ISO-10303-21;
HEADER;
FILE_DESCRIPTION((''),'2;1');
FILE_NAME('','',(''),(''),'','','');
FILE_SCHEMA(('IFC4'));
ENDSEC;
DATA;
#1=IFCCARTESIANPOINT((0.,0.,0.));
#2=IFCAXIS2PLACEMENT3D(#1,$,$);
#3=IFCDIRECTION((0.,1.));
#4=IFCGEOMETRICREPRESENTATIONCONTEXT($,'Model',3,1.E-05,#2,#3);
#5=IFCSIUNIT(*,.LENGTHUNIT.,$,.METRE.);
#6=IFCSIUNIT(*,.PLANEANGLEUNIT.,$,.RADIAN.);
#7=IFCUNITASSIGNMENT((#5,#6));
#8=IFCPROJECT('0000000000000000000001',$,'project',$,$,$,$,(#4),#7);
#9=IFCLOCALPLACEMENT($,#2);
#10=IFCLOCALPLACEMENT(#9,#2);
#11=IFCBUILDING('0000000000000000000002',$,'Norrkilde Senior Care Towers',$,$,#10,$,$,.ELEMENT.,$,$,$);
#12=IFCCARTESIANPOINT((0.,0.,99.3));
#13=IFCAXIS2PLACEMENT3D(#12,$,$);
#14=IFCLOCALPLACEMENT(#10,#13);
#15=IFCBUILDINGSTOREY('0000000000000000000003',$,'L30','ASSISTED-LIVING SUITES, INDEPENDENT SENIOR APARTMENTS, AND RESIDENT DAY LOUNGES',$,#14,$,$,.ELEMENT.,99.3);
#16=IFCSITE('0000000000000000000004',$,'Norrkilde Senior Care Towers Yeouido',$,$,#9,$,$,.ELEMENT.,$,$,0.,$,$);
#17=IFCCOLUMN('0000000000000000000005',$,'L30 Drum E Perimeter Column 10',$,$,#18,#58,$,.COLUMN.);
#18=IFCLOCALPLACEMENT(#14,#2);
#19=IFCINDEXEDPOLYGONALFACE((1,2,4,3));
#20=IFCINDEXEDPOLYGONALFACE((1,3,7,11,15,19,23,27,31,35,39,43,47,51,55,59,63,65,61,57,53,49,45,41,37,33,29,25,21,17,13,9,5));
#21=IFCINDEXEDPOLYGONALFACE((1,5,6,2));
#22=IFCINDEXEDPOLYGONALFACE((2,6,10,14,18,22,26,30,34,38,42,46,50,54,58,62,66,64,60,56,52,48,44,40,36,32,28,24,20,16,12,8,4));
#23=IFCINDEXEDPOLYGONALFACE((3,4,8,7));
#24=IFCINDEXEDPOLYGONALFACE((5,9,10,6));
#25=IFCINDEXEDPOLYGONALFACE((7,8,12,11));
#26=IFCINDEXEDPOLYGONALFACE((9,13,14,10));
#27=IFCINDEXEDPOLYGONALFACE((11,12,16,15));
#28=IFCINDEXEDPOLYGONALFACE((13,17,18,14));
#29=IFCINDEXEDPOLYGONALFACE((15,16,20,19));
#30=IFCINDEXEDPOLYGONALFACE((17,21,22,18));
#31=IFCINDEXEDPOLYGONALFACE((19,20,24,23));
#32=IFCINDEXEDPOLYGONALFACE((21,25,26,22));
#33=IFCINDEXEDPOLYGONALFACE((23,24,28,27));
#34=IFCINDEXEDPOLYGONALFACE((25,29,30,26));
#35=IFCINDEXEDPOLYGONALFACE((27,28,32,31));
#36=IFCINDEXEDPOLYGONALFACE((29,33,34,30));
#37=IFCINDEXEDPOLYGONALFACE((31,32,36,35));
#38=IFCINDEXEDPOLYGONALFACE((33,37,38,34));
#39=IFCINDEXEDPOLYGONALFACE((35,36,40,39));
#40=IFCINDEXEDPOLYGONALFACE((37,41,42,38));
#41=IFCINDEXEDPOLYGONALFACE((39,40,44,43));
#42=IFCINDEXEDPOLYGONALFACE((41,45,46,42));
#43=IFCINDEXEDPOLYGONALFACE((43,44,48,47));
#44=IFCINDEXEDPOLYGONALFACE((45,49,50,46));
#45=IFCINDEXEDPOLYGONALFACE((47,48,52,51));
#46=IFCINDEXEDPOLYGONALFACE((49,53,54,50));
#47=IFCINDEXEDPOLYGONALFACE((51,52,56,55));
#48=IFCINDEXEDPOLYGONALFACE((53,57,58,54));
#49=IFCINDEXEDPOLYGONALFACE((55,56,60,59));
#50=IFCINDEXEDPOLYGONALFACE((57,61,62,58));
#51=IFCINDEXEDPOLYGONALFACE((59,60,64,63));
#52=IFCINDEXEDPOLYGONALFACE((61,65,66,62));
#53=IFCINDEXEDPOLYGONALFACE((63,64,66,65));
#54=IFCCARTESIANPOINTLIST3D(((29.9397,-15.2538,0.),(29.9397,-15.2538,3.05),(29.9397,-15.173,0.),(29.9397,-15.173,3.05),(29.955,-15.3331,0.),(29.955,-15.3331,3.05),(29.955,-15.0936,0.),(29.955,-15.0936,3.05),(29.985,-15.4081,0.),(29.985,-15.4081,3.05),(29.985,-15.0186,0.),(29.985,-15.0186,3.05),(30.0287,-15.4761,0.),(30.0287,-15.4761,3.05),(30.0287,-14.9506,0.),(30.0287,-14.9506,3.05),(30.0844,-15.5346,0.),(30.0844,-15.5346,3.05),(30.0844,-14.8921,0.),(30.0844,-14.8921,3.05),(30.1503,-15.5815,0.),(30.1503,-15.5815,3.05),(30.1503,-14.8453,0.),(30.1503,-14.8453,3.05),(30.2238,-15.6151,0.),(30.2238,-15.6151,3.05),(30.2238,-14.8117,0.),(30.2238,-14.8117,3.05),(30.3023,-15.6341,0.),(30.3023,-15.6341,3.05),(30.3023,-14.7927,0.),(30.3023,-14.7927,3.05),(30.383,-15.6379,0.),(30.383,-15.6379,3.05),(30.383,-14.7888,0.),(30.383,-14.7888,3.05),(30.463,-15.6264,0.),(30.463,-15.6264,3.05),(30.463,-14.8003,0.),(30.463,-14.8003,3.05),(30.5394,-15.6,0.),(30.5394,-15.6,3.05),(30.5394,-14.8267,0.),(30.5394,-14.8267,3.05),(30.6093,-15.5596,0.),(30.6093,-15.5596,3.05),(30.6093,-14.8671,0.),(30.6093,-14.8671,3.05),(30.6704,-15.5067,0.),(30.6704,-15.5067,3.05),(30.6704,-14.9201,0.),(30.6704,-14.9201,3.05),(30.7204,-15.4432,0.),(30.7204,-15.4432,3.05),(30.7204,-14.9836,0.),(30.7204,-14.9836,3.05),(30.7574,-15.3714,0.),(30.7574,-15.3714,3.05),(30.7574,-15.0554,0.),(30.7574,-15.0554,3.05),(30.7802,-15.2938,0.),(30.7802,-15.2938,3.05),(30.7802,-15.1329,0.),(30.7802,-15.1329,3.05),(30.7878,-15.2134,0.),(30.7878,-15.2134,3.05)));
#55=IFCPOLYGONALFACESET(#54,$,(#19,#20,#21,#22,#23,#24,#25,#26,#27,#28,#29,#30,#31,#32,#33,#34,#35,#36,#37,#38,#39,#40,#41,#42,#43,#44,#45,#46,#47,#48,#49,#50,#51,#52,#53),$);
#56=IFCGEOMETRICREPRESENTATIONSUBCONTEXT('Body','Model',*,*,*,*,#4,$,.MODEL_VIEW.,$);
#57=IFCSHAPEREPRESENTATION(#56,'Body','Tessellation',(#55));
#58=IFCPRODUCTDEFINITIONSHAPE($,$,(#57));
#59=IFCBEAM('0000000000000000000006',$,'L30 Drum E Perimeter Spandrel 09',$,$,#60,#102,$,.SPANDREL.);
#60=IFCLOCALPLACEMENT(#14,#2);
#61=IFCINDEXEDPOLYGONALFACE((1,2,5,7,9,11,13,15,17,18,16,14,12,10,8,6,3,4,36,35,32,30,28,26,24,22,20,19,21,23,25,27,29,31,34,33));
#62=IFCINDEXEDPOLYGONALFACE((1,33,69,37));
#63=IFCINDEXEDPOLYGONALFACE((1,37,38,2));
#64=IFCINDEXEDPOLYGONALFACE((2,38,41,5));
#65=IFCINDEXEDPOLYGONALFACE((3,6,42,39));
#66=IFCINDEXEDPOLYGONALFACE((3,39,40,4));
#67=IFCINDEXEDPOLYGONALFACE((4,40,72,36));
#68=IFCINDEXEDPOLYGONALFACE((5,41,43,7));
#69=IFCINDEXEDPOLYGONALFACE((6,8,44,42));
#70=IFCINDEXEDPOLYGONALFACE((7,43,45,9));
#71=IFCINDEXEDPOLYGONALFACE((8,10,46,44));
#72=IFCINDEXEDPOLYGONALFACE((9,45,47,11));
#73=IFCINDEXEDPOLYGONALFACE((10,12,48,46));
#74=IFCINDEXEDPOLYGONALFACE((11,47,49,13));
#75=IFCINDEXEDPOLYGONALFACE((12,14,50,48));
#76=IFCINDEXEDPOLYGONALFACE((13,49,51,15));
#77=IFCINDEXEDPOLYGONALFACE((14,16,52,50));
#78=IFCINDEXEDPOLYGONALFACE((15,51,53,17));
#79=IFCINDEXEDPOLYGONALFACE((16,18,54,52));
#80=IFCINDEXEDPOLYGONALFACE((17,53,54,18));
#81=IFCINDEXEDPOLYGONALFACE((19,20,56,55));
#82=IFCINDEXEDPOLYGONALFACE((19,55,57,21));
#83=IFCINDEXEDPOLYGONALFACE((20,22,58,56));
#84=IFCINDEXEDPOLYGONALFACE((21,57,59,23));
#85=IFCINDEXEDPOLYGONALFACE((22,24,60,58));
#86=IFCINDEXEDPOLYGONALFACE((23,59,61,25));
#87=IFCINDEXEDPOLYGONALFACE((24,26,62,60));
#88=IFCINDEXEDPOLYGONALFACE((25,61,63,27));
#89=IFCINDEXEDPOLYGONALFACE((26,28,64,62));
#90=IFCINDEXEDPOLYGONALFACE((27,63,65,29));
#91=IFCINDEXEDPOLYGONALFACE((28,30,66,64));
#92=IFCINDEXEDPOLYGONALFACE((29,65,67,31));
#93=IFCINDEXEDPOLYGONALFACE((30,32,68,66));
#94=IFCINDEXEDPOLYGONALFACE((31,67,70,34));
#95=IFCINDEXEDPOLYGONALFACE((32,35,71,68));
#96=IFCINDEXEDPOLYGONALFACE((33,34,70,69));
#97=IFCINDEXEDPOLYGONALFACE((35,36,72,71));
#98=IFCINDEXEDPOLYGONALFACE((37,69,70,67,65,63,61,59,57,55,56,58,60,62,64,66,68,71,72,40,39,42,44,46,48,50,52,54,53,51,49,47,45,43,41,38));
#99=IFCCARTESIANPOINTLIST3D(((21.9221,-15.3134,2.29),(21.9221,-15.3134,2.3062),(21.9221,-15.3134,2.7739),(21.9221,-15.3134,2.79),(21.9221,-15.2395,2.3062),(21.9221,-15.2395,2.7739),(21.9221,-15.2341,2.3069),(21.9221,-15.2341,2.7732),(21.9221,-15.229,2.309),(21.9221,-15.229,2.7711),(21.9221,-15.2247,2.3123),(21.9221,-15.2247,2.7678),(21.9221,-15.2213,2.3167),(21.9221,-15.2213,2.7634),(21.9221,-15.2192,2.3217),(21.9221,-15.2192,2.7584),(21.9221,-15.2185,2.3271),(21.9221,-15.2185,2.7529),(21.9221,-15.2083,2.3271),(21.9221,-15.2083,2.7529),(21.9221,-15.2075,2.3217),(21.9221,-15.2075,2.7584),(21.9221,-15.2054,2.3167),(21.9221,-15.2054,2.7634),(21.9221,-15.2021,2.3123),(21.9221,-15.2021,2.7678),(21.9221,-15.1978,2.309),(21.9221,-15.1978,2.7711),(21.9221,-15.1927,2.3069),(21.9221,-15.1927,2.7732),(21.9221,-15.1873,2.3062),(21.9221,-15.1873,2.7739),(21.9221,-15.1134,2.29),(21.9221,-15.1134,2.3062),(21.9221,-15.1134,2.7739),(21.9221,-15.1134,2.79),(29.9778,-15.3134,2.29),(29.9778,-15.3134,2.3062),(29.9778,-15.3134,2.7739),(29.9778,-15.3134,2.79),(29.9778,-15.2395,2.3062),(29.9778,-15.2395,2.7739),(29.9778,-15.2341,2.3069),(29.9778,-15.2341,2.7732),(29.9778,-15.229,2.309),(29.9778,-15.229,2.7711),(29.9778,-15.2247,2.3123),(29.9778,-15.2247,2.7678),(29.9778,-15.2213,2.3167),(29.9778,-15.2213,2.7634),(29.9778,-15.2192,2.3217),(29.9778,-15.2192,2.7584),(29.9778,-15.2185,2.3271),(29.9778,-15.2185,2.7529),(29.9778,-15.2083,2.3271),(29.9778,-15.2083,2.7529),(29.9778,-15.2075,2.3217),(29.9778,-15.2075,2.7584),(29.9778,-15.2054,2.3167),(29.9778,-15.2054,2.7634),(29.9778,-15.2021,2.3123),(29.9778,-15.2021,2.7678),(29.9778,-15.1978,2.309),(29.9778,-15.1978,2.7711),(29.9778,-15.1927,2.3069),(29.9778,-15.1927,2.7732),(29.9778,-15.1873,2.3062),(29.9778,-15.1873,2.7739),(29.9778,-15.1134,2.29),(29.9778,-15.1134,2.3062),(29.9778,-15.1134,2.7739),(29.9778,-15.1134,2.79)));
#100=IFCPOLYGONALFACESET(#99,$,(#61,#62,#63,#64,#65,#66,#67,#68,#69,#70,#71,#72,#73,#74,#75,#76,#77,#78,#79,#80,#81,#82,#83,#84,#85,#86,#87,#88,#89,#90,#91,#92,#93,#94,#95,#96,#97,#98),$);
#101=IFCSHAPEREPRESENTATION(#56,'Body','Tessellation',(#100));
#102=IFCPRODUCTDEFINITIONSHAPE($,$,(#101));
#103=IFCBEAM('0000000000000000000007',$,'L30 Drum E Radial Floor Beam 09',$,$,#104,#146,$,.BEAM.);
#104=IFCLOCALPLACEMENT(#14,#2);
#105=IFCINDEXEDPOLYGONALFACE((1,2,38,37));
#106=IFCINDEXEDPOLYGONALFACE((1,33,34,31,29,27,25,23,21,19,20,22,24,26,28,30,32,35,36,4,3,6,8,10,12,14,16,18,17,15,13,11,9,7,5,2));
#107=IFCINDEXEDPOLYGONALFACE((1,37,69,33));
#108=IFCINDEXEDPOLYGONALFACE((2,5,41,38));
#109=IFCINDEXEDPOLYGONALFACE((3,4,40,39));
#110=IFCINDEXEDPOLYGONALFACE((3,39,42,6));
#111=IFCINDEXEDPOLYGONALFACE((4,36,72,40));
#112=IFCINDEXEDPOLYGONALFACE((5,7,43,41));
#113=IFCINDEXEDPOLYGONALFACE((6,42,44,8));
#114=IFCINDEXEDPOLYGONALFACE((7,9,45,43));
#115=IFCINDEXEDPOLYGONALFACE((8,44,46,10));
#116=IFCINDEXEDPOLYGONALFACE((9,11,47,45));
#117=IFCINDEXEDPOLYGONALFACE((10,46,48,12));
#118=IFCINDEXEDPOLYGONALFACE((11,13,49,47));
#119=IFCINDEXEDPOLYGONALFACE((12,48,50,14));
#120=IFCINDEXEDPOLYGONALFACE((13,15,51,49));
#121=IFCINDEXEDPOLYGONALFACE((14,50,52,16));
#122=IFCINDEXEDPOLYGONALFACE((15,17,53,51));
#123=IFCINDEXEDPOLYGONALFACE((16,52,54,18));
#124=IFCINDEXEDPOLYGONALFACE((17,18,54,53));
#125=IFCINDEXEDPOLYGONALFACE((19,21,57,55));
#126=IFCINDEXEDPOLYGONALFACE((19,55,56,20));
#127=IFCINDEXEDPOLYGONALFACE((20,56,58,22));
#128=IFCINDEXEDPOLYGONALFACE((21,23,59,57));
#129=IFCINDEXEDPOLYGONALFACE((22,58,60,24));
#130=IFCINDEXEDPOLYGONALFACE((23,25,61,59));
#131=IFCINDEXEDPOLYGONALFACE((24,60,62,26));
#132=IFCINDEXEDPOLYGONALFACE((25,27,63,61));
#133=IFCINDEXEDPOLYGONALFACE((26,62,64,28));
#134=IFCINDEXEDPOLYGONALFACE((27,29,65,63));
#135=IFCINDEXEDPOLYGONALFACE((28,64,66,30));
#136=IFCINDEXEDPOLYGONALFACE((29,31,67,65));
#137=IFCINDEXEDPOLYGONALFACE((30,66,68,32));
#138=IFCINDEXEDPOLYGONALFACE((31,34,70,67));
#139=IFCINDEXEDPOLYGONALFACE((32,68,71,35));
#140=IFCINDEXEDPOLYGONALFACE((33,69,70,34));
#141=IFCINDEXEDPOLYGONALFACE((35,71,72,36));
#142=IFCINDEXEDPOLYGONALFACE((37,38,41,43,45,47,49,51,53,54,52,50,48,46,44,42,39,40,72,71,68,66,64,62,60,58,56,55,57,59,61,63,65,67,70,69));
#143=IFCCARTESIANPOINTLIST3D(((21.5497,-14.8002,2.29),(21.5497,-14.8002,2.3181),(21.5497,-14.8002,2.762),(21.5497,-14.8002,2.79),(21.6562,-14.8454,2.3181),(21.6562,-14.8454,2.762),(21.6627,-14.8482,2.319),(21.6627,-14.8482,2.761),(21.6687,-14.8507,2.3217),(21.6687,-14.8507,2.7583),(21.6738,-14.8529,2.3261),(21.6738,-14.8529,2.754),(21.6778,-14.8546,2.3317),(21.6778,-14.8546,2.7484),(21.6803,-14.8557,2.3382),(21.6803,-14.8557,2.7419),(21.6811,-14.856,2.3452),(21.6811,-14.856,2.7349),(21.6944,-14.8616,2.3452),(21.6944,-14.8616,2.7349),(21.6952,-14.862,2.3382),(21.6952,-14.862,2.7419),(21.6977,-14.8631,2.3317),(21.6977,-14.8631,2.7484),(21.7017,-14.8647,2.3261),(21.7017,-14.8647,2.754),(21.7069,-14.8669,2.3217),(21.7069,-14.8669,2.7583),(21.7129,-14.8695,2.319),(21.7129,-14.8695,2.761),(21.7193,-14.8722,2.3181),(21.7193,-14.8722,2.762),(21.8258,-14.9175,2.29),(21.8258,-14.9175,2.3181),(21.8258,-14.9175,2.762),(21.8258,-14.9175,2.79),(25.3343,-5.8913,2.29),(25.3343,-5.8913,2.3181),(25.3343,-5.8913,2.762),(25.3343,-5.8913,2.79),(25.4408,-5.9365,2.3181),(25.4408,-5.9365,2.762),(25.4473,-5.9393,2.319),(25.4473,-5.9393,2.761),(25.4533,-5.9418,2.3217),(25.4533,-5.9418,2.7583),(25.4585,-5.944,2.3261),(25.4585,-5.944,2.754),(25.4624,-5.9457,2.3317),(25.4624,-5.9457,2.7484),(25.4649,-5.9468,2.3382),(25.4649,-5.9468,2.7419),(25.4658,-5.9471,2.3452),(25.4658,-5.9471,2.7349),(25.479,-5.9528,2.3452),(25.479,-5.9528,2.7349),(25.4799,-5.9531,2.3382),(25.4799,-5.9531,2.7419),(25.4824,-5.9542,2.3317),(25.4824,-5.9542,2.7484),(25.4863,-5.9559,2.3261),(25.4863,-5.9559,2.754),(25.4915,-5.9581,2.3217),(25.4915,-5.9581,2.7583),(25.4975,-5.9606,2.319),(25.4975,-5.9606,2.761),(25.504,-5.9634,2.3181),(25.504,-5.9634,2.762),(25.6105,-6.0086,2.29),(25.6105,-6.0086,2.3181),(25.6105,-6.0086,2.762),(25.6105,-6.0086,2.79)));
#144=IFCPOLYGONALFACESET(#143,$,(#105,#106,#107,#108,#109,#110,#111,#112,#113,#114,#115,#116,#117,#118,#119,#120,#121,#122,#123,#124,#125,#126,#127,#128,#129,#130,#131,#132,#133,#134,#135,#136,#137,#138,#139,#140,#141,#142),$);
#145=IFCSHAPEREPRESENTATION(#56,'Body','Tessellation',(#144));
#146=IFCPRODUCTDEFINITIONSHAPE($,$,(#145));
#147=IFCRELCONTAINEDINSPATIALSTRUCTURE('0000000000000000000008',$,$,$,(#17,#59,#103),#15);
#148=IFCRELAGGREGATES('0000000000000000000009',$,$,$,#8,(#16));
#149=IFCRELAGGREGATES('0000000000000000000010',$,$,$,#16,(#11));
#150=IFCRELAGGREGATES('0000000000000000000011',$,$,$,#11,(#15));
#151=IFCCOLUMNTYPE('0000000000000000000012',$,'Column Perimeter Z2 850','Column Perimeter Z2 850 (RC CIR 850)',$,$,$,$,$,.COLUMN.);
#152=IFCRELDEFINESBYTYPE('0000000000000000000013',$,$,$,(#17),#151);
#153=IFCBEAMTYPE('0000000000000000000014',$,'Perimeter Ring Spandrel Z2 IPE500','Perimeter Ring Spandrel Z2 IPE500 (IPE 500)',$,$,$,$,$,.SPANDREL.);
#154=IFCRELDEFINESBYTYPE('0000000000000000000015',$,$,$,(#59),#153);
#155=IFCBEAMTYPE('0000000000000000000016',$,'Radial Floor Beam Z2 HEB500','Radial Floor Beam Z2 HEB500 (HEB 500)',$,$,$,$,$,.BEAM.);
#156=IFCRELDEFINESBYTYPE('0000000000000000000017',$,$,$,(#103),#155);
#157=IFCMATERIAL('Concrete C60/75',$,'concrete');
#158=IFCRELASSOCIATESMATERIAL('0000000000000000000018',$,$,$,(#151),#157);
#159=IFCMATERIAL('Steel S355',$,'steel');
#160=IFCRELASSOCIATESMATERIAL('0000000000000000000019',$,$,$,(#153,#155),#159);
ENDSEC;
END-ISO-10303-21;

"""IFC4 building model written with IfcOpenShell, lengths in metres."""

from ifc_helpers import new_model, si_unit, direction, frame, origin, origin_2d, place, context, subcontext, project, spatial, circle, i_section, extrude, source, transform, mapped, material, material_profile, profile_set, type_object, type_shapes, element, save


model = new_model("IFC4")

# Units and contexts
model_context = context("Model", 3, precision=1e-05, world=origin(), true_north=direction((0.0, 1.0)))
body_context = subcontext(model_context, "Body", "Model", "MODEL_VIEW")
ifc_project = project(units=[si_unit("LENGTHUNIT", "METRE"), si_unit("PLANEANGLEUNIT", "RADIAN")], contexts=[model_context])

# Site, building, storey
site_placement = place(None, origin())
site = spatial("IfcSite", under=ifc_project, at=site_placement, Name="Norrkilde Senior Care Towers Yeouido", CompositionType="ELEMENT", RefElevation=0.0)
building_placement = place(site_placement, origin())
building = spatial("IfcBuilding", under=site, at=building_placement, Name="Norrkilde Senior Care Towers", CompositionType="ELEMENT")
storey_placement = place(building_placement, frame((0.0, 0.0, 99.3)))
storey = spatial("IfcBuildingStorey", under=building, at=storey_placement, Name="L30", Description="ASSISTED-LIVING SUITES, INDEPENDENT SENIOR APARTMENTS, AND RESIDENT DAY LOUNGES", CompositionType="ELEMENT", Elevation=99.3)

# Column
ifc_material_1 = material(Name="Concrete C60/75", Category="concrete")
ifc_material_profile_1 = material_profile(ifc_material_1, circle(Radius=0.425, at=origin_2d()), Name="RC CIR 850")
ifc_profile_set_1 = profile_set([ifc_material_profile_1], Name="Concrete C60/75")
column_type = type_object("IfcColumnType", Name="Column Perimeter Z2 850", Description="Column Perimeter Z2 850 (RC CIR 850)", PredefinedType="COLUMN", material=ifc_profile_set_1)
shared_shape_1 = source(origin(), body_context, "Body", "SweptSolid", [
    extrude(circle(Radius=0.425, at=origin_2d()), origin(), (0.0, 0.0, 1.0), 3.05),
])
type_shapes(column_type, [shared_shape_1])
column_placement = place(storey_placement, frame((30.3628, -15.2134, 0.0), z_axis=(0.0, 0.0, 1.0), x_axis=(1.0, 0.0, 0.0)))
element("IfcColumn", 1, at=column_placement, inside=storey, type_object=column_type, Name="L30 Drum E Perimeter Column 10", PredefinedType="COLUMN", context=body_context, shape_type="MappedRepresentation", body=[
    mapped(shared_shape_1, transform((0.0, 0.0, 0.0), x_axis=(1.0, 0.0, 0.0), y_axis=(0.0, 1.0, 0.0), z_axis=(0.0, 0.0, 1.0), scale=1.0)),
])

# Beams
ifc_material_2 = material(Name="Steel S355", Category="steel")
ifc_material_profile_2 = material_profile(ifc_material_2, i_section(OverallWidth=0.2, OverallDepth=0.5, WebThickness=0.0103, FlangeThickness=0.0161, FilletRadius=0.021, at=origin_2d()), Name="IPE 500")
ifc_profile_set_2 = profile_set([ifc_material_profile_2], Name="Steel S355")
beam_type_1 = type_object("IfcBeamType", Name="Perimeter Ring Spandrel Z2 IPE500", Description="Perimeter Ring Spandrel Z2 IPE500 (IPE 500)", PredefinedType="SPANDREL", material=ifc_profile_set_2)
shared_shape_2 = source(origin(), body_context, "Body", "SweptSolid", [
    extrude(i_section(OverallWidth=0.2, OverallDepth=0.5, WebThickness=0.0103, FlangeThickness=0.0161, FilletRadius=0.021, at=origin_2d()), origin(), (0.0, 0.0, 1.0), 8.0557),
])
type_shapes(beam_type_1, [shared_shape_2])
beam_1_placement = place(storey_placement, frame((21.9221, -15.2134, 2.54), z_axis=(1.0, 0.0, 0.0), x_axis=(0.0, 1.0, 0.0)))
element("IfcBeam", 2, at=beam_1_placement, inside=storey, type_object=beam_type_1, Name="L30 Drum E Perimeter Spandrel 09", PredefinedType="SPANDREL", context=body_context, shape_type="MappedRepresentation", body=[
    mapped(shared_shape_2, transform((0.0, 0.0, 0.0), x_axis=(1.0, 0.0, 0.0), y_axis=(0.0, 1.0, 0.0), z_axis=(0.0, 0.0, 1.0), scale=1.0)),
])
ifc_material_profile_3 = material_profile(ifc_material_2, i_section(OverallWidth=0.3, OverallDepth=0.5, WebThickness=0.0144, FlangeThickness=0.0281, FilletRadius=0.0271, at=origin_2d()), Name="HEB 500")
ifc_profile_set_3 = profile_set([ifc_material_profile_3], Name="Steel S355")
beam_type_2 = type_object("IfcBeamType", Name="Radial Floor Beam Z2 HEB500", Description="Radial Floor Beam Z2 HEB500 (HEB 500)", PredefinedType="BEAM", material=ifc_profile_set_3)
shared_shape_3 = source(origin(), body_context, "Body", "SweptSolid", [
    extrude(i_section(OverallWidth=0.3, OverallDepth=0.5, WebThickness=0.0144, FlangeThickness=0.0281, FilletRadius=0.0271, at=origin_2d()), origin(), (0.0, 0.0, 1.0), 9.6794),
])
beam_2_placement = place(storey_placement, frame((25.4724, -5.95, 2.54), z_axis=(-0.390998, -0.920392, 0.0), x_axis=(0.920392, -0.390998, 0.0)))
element("IfcBeam", 3, at=beam_2_placement, inside=storey, type_object=beam_type_2, Name="L30 Drum E Radial Floor Beam 09", PredefinedType="BEAM", context=body_context, shape_type="MappedRepresentation", body=[
    mapped(shared_shape_3, transform((0.0, 0.0, 0.0), x_axis=(1.0, 0.0, 0.0), y_axis=(0.0, 1.0, 0.0), z_axis=(0.0, 0.0, 1.0), scale=1.0)),
])

save(model, "model.ifc")
